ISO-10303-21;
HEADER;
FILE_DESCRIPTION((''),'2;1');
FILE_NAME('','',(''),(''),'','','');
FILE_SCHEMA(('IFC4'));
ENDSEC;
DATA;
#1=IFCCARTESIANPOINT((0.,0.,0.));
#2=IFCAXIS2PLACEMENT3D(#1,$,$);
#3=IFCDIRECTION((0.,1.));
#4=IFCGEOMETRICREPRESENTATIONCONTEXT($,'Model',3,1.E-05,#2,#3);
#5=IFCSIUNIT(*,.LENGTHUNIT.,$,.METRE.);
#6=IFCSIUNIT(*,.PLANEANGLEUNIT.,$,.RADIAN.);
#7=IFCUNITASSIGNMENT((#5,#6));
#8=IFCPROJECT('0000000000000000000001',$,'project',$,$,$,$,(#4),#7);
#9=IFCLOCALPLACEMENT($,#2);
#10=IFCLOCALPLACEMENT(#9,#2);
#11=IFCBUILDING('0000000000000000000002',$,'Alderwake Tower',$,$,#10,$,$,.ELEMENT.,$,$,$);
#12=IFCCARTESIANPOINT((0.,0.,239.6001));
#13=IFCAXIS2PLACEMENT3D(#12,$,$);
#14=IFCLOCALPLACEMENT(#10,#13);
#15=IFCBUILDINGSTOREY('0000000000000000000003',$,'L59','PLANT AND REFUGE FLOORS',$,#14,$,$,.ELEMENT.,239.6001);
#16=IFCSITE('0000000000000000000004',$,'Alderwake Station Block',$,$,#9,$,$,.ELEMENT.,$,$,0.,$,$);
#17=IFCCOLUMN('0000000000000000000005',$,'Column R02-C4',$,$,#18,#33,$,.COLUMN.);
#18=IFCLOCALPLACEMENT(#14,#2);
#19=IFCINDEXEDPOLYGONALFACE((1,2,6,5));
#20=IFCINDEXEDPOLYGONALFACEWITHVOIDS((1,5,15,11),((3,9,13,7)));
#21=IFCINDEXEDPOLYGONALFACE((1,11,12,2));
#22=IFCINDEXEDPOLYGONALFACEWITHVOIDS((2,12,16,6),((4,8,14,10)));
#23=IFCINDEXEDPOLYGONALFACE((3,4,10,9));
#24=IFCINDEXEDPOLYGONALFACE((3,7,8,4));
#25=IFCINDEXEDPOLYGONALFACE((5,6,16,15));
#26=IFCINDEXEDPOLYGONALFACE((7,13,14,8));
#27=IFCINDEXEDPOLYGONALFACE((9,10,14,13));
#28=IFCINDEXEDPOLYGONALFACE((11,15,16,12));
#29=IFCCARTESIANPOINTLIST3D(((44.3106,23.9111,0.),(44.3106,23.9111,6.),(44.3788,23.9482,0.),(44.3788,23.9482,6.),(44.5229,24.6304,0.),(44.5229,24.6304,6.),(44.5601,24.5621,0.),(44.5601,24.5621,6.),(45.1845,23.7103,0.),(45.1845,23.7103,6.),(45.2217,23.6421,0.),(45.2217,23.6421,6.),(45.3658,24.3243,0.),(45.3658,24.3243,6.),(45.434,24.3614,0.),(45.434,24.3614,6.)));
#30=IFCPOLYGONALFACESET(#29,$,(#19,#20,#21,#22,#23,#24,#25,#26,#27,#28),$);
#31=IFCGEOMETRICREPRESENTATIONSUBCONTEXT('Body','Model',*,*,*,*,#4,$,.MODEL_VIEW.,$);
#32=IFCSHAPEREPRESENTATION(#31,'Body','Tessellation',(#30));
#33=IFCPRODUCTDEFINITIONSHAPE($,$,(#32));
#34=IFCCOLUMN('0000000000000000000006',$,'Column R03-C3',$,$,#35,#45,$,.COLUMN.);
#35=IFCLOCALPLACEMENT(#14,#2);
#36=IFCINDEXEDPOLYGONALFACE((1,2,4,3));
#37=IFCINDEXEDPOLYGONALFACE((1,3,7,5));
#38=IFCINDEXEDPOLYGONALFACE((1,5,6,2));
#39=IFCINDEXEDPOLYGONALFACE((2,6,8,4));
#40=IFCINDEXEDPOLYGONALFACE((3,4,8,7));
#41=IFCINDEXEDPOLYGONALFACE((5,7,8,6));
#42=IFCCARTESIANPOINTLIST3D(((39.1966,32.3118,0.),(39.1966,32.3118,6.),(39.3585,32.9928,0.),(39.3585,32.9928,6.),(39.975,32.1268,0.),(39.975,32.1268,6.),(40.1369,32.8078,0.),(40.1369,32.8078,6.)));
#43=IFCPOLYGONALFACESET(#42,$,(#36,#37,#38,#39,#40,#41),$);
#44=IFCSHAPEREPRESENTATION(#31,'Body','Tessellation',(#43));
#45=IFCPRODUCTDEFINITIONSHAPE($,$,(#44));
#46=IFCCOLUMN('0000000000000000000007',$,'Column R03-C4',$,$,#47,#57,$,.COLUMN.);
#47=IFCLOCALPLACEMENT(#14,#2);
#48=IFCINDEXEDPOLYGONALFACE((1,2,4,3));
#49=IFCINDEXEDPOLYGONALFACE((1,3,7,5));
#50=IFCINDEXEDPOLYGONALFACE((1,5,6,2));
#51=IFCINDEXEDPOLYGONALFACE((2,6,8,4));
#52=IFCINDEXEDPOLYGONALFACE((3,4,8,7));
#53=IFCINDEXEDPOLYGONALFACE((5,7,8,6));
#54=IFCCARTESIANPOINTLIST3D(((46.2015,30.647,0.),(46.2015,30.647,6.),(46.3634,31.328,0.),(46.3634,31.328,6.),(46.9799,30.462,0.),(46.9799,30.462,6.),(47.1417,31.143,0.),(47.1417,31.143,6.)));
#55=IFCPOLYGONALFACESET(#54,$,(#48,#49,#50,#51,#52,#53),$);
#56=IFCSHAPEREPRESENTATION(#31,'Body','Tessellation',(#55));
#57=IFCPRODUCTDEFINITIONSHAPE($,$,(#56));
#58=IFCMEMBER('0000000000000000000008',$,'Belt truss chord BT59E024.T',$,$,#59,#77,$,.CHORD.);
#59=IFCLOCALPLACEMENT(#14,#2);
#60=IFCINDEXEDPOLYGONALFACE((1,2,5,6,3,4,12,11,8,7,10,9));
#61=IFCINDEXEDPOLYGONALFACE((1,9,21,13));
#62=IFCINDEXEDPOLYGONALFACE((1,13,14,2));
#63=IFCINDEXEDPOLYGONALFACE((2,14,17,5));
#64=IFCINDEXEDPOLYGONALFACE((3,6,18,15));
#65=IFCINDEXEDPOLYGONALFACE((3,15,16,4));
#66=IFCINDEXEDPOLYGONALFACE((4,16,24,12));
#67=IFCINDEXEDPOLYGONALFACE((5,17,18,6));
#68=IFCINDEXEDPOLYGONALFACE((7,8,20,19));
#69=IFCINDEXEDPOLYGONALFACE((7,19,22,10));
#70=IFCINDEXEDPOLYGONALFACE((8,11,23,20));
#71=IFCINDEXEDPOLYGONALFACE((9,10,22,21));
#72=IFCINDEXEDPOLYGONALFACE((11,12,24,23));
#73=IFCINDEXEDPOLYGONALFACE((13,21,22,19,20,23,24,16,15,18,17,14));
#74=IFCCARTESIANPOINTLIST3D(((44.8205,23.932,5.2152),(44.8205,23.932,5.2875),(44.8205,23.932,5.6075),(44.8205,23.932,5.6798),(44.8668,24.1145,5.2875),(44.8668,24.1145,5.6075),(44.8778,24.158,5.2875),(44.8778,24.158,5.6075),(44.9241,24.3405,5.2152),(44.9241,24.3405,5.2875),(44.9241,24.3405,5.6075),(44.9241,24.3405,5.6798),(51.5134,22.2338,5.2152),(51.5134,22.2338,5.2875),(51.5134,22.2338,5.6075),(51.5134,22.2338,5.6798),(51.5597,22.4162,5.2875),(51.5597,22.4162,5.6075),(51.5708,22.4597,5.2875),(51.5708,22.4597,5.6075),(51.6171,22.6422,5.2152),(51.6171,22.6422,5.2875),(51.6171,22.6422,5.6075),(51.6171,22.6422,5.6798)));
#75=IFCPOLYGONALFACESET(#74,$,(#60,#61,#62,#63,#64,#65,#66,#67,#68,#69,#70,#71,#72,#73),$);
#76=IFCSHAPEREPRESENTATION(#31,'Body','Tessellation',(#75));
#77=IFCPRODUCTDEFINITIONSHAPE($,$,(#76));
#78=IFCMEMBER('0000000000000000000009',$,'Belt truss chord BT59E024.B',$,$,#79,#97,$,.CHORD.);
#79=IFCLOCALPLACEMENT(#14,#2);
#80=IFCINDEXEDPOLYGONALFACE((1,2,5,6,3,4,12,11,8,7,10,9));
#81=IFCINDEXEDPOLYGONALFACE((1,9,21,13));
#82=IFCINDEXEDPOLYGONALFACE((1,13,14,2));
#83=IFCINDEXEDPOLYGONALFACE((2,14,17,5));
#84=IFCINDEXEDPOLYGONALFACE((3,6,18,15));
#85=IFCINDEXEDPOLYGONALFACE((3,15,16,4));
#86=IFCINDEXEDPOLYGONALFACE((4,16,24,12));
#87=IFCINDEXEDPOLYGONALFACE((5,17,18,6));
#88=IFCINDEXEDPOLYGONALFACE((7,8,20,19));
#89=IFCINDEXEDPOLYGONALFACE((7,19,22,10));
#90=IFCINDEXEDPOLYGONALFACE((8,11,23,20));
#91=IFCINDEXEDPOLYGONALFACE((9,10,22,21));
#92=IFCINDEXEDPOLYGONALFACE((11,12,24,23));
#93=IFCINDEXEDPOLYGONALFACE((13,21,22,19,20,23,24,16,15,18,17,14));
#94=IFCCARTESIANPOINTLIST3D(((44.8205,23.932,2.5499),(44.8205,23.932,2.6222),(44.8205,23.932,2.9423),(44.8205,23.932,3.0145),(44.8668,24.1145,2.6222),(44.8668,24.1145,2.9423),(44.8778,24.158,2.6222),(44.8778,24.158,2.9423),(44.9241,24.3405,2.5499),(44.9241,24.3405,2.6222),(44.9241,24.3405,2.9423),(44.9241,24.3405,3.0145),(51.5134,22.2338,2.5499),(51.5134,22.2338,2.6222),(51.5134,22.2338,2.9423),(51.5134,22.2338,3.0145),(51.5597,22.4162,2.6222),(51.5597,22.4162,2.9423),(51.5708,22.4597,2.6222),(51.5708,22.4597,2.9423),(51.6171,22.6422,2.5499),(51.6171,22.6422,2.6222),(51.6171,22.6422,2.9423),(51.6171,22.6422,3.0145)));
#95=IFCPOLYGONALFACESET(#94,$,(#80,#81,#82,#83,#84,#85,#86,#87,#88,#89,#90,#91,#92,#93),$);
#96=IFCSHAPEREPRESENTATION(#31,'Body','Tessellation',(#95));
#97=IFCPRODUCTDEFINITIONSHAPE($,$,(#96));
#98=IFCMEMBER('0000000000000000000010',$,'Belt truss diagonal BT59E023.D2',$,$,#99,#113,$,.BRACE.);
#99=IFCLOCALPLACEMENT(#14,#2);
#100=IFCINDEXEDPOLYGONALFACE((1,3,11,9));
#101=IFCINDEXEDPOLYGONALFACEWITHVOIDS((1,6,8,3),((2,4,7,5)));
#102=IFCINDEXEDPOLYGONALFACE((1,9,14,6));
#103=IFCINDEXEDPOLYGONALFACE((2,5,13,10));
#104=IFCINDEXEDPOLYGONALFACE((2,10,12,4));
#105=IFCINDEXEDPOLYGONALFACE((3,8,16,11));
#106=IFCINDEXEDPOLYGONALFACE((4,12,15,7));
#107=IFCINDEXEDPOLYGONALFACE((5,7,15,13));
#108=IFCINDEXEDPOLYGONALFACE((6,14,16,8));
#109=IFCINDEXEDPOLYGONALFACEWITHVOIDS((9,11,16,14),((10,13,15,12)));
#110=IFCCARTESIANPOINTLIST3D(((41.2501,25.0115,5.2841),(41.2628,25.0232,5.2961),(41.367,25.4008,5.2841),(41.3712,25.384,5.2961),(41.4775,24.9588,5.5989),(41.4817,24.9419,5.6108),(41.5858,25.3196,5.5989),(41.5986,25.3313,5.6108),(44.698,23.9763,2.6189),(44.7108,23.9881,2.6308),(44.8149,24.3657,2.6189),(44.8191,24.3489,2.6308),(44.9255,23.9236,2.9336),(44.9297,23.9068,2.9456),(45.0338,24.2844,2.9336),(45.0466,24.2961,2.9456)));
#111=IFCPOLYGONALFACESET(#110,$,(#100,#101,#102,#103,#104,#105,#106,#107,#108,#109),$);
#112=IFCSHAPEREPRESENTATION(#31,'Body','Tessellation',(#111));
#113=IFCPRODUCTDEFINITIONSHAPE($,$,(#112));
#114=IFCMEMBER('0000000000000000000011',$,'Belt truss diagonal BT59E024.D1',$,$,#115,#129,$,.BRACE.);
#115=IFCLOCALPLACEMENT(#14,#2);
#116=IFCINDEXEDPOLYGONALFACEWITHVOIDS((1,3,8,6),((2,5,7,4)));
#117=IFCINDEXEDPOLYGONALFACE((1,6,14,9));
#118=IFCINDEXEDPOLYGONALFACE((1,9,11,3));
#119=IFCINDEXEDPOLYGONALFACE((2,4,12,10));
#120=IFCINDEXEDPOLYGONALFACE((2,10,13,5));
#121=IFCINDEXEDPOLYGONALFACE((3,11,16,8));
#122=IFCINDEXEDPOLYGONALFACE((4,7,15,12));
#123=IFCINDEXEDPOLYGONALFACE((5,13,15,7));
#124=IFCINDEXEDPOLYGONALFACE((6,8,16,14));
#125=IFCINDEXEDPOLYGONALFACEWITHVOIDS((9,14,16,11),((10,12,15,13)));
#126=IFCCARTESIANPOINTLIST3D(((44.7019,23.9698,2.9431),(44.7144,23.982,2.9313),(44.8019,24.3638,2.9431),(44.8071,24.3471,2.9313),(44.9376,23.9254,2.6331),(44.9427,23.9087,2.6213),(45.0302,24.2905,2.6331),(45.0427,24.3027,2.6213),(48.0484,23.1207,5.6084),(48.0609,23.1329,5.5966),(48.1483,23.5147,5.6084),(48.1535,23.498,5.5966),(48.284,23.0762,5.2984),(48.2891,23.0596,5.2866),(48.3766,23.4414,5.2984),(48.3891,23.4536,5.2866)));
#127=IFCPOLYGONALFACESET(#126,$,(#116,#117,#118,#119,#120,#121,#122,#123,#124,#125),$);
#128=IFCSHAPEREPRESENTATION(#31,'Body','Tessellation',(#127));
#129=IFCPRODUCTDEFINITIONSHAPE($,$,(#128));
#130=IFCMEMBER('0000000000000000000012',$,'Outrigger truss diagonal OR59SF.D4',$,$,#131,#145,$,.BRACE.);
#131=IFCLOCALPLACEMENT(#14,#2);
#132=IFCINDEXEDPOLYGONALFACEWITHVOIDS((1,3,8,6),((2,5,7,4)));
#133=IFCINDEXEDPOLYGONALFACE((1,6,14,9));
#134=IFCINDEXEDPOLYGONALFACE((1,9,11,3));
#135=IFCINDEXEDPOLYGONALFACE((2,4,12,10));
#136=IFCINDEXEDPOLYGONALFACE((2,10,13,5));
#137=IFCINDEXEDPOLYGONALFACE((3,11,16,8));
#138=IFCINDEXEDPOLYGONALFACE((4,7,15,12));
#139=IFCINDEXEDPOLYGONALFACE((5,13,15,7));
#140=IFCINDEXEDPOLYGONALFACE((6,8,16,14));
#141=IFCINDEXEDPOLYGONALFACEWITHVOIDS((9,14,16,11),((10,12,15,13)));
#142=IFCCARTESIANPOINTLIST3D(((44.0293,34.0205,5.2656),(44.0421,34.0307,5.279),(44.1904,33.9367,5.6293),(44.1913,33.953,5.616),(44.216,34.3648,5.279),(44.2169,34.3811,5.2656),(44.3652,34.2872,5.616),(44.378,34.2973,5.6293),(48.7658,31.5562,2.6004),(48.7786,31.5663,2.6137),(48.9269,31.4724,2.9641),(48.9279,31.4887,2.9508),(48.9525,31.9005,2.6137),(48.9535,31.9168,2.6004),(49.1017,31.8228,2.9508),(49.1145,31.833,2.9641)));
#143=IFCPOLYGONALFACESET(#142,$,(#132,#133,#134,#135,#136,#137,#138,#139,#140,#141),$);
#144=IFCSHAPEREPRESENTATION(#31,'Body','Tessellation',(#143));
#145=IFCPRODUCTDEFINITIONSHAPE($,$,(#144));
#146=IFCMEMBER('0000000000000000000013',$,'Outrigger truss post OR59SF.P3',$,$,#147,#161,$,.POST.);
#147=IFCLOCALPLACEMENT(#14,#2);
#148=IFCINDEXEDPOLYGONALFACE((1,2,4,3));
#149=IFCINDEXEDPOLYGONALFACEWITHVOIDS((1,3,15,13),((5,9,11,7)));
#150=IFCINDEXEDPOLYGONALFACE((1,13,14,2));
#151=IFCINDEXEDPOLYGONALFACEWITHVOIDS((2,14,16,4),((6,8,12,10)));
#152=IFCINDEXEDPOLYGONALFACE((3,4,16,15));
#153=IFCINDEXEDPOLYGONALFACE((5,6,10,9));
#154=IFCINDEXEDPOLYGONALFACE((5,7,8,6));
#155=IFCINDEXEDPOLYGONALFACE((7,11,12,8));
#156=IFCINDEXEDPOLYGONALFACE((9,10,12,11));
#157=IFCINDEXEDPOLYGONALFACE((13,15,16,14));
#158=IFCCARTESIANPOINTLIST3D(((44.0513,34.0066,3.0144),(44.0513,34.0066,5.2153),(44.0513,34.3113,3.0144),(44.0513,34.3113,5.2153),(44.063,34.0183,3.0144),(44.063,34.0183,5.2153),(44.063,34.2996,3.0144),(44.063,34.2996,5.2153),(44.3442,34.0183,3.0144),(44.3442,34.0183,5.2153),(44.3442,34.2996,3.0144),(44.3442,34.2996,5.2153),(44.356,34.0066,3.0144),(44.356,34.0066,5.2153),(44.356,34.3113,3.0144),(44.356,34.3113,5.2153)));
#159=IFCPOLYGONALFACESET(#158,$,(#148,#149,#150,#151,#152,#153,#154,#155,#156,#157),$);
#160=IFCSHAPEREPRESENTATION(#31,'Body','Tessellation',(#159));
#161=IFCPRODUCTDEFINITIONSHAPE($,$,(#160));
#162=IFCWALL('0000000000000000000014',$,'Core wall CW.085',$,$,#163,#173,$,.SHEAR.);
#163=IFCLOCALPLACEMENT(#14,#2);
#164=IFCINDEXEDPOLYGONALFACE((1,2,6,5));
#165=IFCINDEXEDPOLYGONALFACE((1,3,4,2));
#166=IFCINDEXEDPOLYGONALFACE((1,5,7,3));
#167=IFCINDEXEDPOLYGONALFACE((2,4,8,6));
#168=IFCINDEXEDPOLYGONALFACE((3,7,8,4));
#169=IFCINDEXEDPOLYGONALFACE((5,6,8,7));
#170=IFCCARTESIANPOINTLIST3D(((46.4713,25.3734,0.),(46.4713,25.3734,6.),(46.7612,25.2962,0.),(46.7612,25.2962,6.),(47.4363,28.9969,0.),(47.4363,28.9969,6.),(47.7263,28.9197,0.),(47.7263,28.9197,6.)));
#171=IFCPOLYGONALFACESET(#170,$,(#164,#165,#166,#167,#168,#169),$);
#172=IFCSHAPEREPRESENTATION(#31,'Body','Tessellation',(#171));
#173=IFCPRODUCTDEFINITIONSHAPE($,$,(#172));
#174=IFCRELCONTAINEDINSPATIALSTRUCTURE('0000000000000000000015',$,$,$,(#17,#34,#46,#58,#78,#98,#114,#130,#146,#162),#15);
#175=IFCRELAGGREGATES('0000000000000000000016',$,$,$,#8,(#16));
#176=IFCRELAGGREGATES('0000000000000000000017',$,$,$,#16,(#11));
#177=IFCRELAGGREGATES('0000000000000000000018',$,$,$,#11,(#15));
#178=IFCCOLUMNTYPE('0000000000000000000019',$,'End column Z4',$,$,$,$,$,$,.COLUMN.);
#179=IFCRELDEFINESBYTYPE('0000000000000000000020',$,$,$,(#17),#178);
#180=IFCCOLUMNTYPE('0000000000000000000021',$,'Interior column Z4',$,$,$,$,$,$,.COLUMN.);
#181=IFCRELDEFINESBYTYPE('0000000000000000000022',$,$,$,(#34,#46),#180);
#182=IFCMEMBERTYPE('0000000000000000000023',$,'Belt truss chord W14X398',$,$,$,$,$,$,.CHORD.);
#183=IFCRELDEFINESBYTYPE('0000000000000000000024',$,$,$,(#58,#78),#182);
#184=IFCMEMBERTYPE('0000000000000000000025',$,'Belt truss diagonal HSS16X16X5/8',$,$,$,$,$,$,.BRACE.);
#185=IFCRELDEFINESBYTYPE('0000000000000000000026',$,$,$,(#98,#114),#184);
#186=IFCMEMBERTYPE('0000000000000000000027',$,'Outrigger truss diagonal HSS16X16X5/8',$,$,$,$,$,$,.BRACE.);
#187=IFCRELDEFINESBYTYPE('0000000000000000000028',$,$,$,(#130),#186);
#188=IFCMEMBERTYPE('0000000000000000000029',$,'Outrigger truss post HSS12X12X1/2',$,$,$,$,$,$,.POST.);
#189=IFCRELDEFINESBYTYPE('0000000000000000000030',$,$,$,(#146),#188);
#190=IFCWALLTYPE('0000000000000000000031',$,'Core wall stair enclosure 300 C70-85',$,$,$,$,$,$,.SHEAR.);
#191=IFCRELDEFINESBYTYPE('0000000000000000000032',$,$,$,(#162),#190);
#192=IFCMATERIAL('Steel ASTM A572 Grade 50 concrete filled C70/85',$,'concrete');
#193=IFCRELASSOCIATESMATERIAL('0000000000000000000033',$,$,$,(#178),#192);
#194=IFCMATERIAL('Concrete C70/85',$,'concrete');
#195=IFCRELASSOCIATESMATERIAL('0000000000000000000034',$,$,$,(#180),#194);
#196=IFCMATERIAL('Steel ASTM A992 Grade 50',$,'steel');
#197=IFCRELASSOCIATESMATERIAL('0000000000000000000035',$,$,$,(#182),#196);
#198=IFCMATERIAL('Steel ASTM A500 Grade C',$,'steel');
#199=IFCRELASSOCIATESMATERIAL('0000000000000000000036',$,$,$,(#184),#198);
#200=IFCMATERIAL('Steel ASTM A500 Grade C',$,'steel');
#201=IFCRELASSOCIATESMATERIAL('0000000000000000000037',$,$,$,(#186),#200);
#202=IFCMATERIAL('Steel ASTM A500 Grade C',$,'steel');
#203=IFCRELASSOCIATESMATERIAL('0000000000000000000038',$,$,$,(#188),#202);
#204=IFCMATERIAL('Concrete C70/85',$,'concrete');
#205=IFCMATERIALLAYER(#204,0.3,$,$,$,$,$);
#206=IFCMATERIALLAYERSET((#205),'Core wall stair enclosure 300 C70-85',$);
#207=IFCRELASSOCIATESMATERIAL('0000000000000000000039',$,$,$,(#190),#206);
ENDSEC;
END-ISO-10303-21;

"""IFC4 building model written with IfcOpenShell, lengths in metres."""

from ifc_helpers import new_model, si_unit, direction, frame, frame_2d, origin, origin_2d, place, context, subcontext, project, spatial, rectangle, hollow_rectangle, i_section, extrude, material, layer, layer_set, material_profile, profile_set, type_object, element, save


model = new_model("IFC4")

# Units and contexts
model_context = context("Model", 3, precision=1e-05, world=origin(), true_north=direction((0.0, 1.0)))
body_context = subcontext(model_context, "Body", "Model", "MODEL_VIEW")
ifc_project = project(units=[si_unit("LENGTHUNIT", "METRE"), si_unit("PLANEANGLEUNIT", "RADIAN")], contexts=[model_context])

# Site, building, storey
site_placement = place(None, origin())
site = spatial("IfcSite", under=ifc_project, at=site_placement, Name="Alderwake Station Block", CompositionType="ELEMENT", RefElevation=0.0)
building_placement = place(site_placement, origin())
building = spatial("IfcBuilding", under=site, at=building_placement, Name="Alderwake Tower", CompositionType="ELEMENT")
storey_placement = place(building_placement, frame((0.0, 0.0, 239.6001)))
storey = spatial("IfcBuildingStorey", under=building, at=storey_placement, Name="L59", Description="PLANT AND REFUGE FLOORS", CompositionType="ELEMENT", Elevation=239.6001)

# Columns
ifc_material_1 = material(Name="Steel ASTM A572 Grade 50 concrete filled C70/85", Category="concrete")
ifc_material_profile_1 = material_profile(ifc_material_1, hollow_rectangle(XDim=0.75, YDim=0.95, WallThickness=0.0549, at=origin_2d()), Name="BOX 950X750X55")
ifc_profile_set_1 = profile_set([ifc_material_profile_1], Name="Steel ASTM A572 Grade 50 concrete filled C70/85")
column_type_1 = type_object("IfcColumnType", Name="End column Z4", PredefinedType="COLUMN", material=ifc_profile_set_1)
column_placement = place(storey_placement, frame((44.8723, 24.1362, 0.0), z_axis=(0.0, 0.0, 1.0), x_axis=(0.283132, 0.959081, 0.0)))
element("IfcColumn", 1, at=column_placement, inside=storey, type_object=column_type_1, Name="Column R02-C4", PredefinedType="COLUMN", context=body_context, shape_type="SweptSolid", body=[
    extrude(hollow_rectangle(XDim=0.75, YDim=0.95, WallThickness=0.0549, at=origin_2d()), origin(), (0.0, 0.0, 1.0), 6.0),
])
ifc_material_2 = material(Name="Concrete C70/85", Category="concrete")
ifc_material_profile_2 = material_profile(ifc_material_2, rectangle(XDim=0.7, YDim=0.8, at=origin_2d()), Name="RC 800X700")
ifc_profile_set_2 = profile_set([ifc_material_profile_2], Name="Concrete C70/85")
column_type_2 = type_object("IfcColumnType", Name="Interior column Z4", PredefinedType="COLUMN", material=ifc_profile_set_2)
for number, where, z_axis, x_axis, name in (
    (2, (39.6667, 32.5598, 0.0), (0.0, 0.0, 1.0), (0.231222, 0.972901, 0.0), "Column R03-C3"),
    (3, (46.6716, 30.895, 0.0), (0.0, 0.0, 1.0), (0.231222, 0.972901, 0.0), "Column R03-C4"),
):
    element("IfcColumn", number, at=place(storey_placement, frame(where, z_axis=z_axis, x_axis=x_axis)), inside=storey, type_object=column_type_2, Name=name, PredefinedType="COLUMN", context=body_context, shape_type="SweptSolid", body=[
        extrude(rectangle(XDim=0.7, YDim=0.8, at=origin_2d()), origin(), (0.0, 0.0, 1.0), 6.0),
    ])

# Members
ifc_material_3 = material(Name="Steel ASTM A992 Grade 50", Category="steel")
ifc_material_profile_3 = material_profile(ifc_material_3, i_section(OverallWidth=0.4214, OverallDepth=0.4646, WebThickness=0.0449, FlangeThickness=0.0723, at=origin_2d()), Name="W14X398")
ifc_profile_set_3 = profile_set([ifc_material_profile_3], Name="Steel ASTM A992 Grade 50")
member_type_1 = type_object("IfcMemberType", Name="Belt truss chord W14X398", PredefinedType="CHORD", material=ifc_profile_set_3)
for number, where, z_axis, x_axis, name in (
    (4, (44.8723, 24.1362, 5.4475), (0.969284, -0.245945, 0.0), (0.245945, 0.969284, 0.0), "Belt truss chord BT59E024.T"),
    (5, (44.8723, 24.1362, 2.7822), (0.969284, -0.245945, 0.0), (0.245945, 0.969284, 0.0), "Belt truss chord BT59E024.B"),
):
    element("IfcMember", number, at=place(storey_placement, frame(where, z_axis=z_axis, x_axis=x_axis)), inside=storey, type_object=member_type_1, Name=name, PredefinedType="CHORD", context=body_context, shape_type="SweptSolid", body=[
        extrude(i_section(OverallWidth=0.4214, OverallDepth=0.4646, WebThickness=0.0449, FlangeThickness=0.0723, at=origin_2d()), origin(), (0.0, 0.0, 1.0), 6.905),
    ])
ifc_material_4 = material(Name="Steel ASTM A500 Grade C", Category="steel")
ifc_material_profile_4 = material_profile(ifc_material_4, hollow_rectangle(XDim=0.4065, YDim=0.4065, WallThickness=0.0149, at=origin_2d()), Name="HSS16X16X5/8")
ifc_profile_set_4 = profile_set([ifc_material_profile_4], Name="Steel ASTM A500 Grade C")
member_type_2 = type_object("IfcMemberType", Name="Belt truss diagonal HSS16X16X5/8", PredefinedType="BRACE", material=ifc_profile_set_4)
member_1_placement = place(storey_placement, frame((44.8723, 24.1362, 2.7822), z_axis=(-0.769766, 0.231099, 0.595025), x_axis=(-0.287541, -0.957768, 0.0)))
element("IfcMember", 6, at=member_1_placement, inside=storey, type_object=member_type_2, Name="Belt truss diagonal BT59E023.D2", PredefinedType="BRACE", context=body_context, shape_type="SweptSolid", body=[
    extrude(hollow_rectangle(XDim=0.4065, YDim=0.4065, WallThickness=0.0149, at=origin_2d()), origin(), (0.0, 0.0, 1.0), 4.4792),
])
member_2_placement = place(storey_placement, frame((44.8723, 24.1362, 2.7822), z_axis=(0.767253, -0.194682, 0.611082), x_axis=(0.245945, 0.969284, 0.0)))
element("IfcMember", 7, at=member_2_placement, inside=storey, type_object=member_type_2, Name="Belt truss diagonal BT59E024.D1", PredefinedType="BRACE", context=body_context, shape_type="SweptSolid", body=[
    extrude(hollow_rectangle(XDim=0.4065, YDim=0.4065, WallThickness=0.0149, at=origin_2d()), origin(), (0.0, 0.0, 1.0), 4.3616),
])
ifc_material_5 = material(Name="Steel ASTM A500 Grade C", Category="steel")
ifc_material_profile_5 = material_profile(ifc_material_5, hollow_rectangle(XDim=0.4065, YDim=0.4065, WallThickness=0.0149, at=origin_2d()), Name="HSS16X16X5/8")
ifc_profile_set_5 = profile_set([ifc_material_profile_5], Name="Steel ASTM A500 Grade C")
member_type_3 = type_object("IfcMemberType", Name="Outrigger truss diagonal HSS16X16X5/8", PredefinedType="BRACE", material=ifc_profile_set_5)
member_3_placement = place(storey_placement, frame((48.9402, 31.6946, 2.7822), z_axis=(-0.793719, 0.412958, 0.446628), x_axis=(-0.46155, -0.887114, 0.0)))
element("IfcMember", 8, at=member_3_placement, inside=storey, type_object=member_type_3, Name="Outrigger truss diagonal OR59SF.D4", PredefinedType="BRACE", context=body_context, shape_type="SweptSolid", body=[
    extrude(hollow_rectangle(XDim=0.4065, YDim=0.4065, WallThickness=0.0149, at=origin_2d()), origin(), (0.0, 0.0, 1.0), 5.9675),
])
ifc_material_6 = material(Name="Steel ASTM A500 Grade C", Category="steel")
ifc_material_profile_6 = material_profile(ifc_material_6, hollow_rectangle(XDim=0.3047, YDim=0.3047, WallThickness=0.0117, at=origin_2d()), Name="HSS12X12X1/2")
ifc_profile_set_6 = profile_set([ifc_material_profile_6], Name="Steel ASTM A500 Grade C")
member_type_4 = type_object("IfcMemberType", Name="Outrigger truss post HSS12X12X1/2", PredefinedType="POST", material=ifc_profile_set_6)
member_4_placement = place(storey_placement, frame((44.2036, 34.1589, 3.0144), z_axis=(0.0, 0.0, 1.0), x_axis=(1.0, 0.0, 0.0)))
element("IfcMember", 9, at=member_4_placement, inside=storey, type_object=member_type_4, Name="Outrigger truss post OR59SF.P3", PredefinedType="POST", context=body_context, shape_type="SweptSolid", body=[
    extrude(hollow_rectangle(XDim=0.3047, YDim=0.3047, WallThickness=0.0117, at=origin_2d()), origin(), (0.0, 0.0, 1.0), 2.2009),
])

# Wall
ifc_material_7 = material(Name="Concrete C70/85", Category="concrete")
ifc_layer_1 = layer(ifc_material_7, 0.3)
ifc_layer_set_1 = layer_set([ifc_layer_1], Name="Core wall stair enclosure 300 C70-85")
wall_type_1 = type_object("IfcWallType", Name="Core wall stair enclosure 300 C70-85", PredefinedType="SHEAR", material=ifc_layer_set_1)
wall_1_placement = place(storey_placement, frame((46.6162, 25.3347, 0.0), z_axis=(0.0, 0.0, 1.0), x_axis=(0.257367, 0.966314, 0.0)))
element("IfcWall", 10, at=wall_1_placement, inside=storey, type_object=wall_type_1, Name="Core wall CW.085", PredefinedType="SHEAR", context=body_context, shape_type="SweptSolid", body=[
    extrude(rectangle(XDim=3.7498, YDim=0.3, at=frame_2d((1.875, 0.0))), origin(), (0.0, 0.0, 1.0), 6.0),
])

save(model, "model.ifc")
